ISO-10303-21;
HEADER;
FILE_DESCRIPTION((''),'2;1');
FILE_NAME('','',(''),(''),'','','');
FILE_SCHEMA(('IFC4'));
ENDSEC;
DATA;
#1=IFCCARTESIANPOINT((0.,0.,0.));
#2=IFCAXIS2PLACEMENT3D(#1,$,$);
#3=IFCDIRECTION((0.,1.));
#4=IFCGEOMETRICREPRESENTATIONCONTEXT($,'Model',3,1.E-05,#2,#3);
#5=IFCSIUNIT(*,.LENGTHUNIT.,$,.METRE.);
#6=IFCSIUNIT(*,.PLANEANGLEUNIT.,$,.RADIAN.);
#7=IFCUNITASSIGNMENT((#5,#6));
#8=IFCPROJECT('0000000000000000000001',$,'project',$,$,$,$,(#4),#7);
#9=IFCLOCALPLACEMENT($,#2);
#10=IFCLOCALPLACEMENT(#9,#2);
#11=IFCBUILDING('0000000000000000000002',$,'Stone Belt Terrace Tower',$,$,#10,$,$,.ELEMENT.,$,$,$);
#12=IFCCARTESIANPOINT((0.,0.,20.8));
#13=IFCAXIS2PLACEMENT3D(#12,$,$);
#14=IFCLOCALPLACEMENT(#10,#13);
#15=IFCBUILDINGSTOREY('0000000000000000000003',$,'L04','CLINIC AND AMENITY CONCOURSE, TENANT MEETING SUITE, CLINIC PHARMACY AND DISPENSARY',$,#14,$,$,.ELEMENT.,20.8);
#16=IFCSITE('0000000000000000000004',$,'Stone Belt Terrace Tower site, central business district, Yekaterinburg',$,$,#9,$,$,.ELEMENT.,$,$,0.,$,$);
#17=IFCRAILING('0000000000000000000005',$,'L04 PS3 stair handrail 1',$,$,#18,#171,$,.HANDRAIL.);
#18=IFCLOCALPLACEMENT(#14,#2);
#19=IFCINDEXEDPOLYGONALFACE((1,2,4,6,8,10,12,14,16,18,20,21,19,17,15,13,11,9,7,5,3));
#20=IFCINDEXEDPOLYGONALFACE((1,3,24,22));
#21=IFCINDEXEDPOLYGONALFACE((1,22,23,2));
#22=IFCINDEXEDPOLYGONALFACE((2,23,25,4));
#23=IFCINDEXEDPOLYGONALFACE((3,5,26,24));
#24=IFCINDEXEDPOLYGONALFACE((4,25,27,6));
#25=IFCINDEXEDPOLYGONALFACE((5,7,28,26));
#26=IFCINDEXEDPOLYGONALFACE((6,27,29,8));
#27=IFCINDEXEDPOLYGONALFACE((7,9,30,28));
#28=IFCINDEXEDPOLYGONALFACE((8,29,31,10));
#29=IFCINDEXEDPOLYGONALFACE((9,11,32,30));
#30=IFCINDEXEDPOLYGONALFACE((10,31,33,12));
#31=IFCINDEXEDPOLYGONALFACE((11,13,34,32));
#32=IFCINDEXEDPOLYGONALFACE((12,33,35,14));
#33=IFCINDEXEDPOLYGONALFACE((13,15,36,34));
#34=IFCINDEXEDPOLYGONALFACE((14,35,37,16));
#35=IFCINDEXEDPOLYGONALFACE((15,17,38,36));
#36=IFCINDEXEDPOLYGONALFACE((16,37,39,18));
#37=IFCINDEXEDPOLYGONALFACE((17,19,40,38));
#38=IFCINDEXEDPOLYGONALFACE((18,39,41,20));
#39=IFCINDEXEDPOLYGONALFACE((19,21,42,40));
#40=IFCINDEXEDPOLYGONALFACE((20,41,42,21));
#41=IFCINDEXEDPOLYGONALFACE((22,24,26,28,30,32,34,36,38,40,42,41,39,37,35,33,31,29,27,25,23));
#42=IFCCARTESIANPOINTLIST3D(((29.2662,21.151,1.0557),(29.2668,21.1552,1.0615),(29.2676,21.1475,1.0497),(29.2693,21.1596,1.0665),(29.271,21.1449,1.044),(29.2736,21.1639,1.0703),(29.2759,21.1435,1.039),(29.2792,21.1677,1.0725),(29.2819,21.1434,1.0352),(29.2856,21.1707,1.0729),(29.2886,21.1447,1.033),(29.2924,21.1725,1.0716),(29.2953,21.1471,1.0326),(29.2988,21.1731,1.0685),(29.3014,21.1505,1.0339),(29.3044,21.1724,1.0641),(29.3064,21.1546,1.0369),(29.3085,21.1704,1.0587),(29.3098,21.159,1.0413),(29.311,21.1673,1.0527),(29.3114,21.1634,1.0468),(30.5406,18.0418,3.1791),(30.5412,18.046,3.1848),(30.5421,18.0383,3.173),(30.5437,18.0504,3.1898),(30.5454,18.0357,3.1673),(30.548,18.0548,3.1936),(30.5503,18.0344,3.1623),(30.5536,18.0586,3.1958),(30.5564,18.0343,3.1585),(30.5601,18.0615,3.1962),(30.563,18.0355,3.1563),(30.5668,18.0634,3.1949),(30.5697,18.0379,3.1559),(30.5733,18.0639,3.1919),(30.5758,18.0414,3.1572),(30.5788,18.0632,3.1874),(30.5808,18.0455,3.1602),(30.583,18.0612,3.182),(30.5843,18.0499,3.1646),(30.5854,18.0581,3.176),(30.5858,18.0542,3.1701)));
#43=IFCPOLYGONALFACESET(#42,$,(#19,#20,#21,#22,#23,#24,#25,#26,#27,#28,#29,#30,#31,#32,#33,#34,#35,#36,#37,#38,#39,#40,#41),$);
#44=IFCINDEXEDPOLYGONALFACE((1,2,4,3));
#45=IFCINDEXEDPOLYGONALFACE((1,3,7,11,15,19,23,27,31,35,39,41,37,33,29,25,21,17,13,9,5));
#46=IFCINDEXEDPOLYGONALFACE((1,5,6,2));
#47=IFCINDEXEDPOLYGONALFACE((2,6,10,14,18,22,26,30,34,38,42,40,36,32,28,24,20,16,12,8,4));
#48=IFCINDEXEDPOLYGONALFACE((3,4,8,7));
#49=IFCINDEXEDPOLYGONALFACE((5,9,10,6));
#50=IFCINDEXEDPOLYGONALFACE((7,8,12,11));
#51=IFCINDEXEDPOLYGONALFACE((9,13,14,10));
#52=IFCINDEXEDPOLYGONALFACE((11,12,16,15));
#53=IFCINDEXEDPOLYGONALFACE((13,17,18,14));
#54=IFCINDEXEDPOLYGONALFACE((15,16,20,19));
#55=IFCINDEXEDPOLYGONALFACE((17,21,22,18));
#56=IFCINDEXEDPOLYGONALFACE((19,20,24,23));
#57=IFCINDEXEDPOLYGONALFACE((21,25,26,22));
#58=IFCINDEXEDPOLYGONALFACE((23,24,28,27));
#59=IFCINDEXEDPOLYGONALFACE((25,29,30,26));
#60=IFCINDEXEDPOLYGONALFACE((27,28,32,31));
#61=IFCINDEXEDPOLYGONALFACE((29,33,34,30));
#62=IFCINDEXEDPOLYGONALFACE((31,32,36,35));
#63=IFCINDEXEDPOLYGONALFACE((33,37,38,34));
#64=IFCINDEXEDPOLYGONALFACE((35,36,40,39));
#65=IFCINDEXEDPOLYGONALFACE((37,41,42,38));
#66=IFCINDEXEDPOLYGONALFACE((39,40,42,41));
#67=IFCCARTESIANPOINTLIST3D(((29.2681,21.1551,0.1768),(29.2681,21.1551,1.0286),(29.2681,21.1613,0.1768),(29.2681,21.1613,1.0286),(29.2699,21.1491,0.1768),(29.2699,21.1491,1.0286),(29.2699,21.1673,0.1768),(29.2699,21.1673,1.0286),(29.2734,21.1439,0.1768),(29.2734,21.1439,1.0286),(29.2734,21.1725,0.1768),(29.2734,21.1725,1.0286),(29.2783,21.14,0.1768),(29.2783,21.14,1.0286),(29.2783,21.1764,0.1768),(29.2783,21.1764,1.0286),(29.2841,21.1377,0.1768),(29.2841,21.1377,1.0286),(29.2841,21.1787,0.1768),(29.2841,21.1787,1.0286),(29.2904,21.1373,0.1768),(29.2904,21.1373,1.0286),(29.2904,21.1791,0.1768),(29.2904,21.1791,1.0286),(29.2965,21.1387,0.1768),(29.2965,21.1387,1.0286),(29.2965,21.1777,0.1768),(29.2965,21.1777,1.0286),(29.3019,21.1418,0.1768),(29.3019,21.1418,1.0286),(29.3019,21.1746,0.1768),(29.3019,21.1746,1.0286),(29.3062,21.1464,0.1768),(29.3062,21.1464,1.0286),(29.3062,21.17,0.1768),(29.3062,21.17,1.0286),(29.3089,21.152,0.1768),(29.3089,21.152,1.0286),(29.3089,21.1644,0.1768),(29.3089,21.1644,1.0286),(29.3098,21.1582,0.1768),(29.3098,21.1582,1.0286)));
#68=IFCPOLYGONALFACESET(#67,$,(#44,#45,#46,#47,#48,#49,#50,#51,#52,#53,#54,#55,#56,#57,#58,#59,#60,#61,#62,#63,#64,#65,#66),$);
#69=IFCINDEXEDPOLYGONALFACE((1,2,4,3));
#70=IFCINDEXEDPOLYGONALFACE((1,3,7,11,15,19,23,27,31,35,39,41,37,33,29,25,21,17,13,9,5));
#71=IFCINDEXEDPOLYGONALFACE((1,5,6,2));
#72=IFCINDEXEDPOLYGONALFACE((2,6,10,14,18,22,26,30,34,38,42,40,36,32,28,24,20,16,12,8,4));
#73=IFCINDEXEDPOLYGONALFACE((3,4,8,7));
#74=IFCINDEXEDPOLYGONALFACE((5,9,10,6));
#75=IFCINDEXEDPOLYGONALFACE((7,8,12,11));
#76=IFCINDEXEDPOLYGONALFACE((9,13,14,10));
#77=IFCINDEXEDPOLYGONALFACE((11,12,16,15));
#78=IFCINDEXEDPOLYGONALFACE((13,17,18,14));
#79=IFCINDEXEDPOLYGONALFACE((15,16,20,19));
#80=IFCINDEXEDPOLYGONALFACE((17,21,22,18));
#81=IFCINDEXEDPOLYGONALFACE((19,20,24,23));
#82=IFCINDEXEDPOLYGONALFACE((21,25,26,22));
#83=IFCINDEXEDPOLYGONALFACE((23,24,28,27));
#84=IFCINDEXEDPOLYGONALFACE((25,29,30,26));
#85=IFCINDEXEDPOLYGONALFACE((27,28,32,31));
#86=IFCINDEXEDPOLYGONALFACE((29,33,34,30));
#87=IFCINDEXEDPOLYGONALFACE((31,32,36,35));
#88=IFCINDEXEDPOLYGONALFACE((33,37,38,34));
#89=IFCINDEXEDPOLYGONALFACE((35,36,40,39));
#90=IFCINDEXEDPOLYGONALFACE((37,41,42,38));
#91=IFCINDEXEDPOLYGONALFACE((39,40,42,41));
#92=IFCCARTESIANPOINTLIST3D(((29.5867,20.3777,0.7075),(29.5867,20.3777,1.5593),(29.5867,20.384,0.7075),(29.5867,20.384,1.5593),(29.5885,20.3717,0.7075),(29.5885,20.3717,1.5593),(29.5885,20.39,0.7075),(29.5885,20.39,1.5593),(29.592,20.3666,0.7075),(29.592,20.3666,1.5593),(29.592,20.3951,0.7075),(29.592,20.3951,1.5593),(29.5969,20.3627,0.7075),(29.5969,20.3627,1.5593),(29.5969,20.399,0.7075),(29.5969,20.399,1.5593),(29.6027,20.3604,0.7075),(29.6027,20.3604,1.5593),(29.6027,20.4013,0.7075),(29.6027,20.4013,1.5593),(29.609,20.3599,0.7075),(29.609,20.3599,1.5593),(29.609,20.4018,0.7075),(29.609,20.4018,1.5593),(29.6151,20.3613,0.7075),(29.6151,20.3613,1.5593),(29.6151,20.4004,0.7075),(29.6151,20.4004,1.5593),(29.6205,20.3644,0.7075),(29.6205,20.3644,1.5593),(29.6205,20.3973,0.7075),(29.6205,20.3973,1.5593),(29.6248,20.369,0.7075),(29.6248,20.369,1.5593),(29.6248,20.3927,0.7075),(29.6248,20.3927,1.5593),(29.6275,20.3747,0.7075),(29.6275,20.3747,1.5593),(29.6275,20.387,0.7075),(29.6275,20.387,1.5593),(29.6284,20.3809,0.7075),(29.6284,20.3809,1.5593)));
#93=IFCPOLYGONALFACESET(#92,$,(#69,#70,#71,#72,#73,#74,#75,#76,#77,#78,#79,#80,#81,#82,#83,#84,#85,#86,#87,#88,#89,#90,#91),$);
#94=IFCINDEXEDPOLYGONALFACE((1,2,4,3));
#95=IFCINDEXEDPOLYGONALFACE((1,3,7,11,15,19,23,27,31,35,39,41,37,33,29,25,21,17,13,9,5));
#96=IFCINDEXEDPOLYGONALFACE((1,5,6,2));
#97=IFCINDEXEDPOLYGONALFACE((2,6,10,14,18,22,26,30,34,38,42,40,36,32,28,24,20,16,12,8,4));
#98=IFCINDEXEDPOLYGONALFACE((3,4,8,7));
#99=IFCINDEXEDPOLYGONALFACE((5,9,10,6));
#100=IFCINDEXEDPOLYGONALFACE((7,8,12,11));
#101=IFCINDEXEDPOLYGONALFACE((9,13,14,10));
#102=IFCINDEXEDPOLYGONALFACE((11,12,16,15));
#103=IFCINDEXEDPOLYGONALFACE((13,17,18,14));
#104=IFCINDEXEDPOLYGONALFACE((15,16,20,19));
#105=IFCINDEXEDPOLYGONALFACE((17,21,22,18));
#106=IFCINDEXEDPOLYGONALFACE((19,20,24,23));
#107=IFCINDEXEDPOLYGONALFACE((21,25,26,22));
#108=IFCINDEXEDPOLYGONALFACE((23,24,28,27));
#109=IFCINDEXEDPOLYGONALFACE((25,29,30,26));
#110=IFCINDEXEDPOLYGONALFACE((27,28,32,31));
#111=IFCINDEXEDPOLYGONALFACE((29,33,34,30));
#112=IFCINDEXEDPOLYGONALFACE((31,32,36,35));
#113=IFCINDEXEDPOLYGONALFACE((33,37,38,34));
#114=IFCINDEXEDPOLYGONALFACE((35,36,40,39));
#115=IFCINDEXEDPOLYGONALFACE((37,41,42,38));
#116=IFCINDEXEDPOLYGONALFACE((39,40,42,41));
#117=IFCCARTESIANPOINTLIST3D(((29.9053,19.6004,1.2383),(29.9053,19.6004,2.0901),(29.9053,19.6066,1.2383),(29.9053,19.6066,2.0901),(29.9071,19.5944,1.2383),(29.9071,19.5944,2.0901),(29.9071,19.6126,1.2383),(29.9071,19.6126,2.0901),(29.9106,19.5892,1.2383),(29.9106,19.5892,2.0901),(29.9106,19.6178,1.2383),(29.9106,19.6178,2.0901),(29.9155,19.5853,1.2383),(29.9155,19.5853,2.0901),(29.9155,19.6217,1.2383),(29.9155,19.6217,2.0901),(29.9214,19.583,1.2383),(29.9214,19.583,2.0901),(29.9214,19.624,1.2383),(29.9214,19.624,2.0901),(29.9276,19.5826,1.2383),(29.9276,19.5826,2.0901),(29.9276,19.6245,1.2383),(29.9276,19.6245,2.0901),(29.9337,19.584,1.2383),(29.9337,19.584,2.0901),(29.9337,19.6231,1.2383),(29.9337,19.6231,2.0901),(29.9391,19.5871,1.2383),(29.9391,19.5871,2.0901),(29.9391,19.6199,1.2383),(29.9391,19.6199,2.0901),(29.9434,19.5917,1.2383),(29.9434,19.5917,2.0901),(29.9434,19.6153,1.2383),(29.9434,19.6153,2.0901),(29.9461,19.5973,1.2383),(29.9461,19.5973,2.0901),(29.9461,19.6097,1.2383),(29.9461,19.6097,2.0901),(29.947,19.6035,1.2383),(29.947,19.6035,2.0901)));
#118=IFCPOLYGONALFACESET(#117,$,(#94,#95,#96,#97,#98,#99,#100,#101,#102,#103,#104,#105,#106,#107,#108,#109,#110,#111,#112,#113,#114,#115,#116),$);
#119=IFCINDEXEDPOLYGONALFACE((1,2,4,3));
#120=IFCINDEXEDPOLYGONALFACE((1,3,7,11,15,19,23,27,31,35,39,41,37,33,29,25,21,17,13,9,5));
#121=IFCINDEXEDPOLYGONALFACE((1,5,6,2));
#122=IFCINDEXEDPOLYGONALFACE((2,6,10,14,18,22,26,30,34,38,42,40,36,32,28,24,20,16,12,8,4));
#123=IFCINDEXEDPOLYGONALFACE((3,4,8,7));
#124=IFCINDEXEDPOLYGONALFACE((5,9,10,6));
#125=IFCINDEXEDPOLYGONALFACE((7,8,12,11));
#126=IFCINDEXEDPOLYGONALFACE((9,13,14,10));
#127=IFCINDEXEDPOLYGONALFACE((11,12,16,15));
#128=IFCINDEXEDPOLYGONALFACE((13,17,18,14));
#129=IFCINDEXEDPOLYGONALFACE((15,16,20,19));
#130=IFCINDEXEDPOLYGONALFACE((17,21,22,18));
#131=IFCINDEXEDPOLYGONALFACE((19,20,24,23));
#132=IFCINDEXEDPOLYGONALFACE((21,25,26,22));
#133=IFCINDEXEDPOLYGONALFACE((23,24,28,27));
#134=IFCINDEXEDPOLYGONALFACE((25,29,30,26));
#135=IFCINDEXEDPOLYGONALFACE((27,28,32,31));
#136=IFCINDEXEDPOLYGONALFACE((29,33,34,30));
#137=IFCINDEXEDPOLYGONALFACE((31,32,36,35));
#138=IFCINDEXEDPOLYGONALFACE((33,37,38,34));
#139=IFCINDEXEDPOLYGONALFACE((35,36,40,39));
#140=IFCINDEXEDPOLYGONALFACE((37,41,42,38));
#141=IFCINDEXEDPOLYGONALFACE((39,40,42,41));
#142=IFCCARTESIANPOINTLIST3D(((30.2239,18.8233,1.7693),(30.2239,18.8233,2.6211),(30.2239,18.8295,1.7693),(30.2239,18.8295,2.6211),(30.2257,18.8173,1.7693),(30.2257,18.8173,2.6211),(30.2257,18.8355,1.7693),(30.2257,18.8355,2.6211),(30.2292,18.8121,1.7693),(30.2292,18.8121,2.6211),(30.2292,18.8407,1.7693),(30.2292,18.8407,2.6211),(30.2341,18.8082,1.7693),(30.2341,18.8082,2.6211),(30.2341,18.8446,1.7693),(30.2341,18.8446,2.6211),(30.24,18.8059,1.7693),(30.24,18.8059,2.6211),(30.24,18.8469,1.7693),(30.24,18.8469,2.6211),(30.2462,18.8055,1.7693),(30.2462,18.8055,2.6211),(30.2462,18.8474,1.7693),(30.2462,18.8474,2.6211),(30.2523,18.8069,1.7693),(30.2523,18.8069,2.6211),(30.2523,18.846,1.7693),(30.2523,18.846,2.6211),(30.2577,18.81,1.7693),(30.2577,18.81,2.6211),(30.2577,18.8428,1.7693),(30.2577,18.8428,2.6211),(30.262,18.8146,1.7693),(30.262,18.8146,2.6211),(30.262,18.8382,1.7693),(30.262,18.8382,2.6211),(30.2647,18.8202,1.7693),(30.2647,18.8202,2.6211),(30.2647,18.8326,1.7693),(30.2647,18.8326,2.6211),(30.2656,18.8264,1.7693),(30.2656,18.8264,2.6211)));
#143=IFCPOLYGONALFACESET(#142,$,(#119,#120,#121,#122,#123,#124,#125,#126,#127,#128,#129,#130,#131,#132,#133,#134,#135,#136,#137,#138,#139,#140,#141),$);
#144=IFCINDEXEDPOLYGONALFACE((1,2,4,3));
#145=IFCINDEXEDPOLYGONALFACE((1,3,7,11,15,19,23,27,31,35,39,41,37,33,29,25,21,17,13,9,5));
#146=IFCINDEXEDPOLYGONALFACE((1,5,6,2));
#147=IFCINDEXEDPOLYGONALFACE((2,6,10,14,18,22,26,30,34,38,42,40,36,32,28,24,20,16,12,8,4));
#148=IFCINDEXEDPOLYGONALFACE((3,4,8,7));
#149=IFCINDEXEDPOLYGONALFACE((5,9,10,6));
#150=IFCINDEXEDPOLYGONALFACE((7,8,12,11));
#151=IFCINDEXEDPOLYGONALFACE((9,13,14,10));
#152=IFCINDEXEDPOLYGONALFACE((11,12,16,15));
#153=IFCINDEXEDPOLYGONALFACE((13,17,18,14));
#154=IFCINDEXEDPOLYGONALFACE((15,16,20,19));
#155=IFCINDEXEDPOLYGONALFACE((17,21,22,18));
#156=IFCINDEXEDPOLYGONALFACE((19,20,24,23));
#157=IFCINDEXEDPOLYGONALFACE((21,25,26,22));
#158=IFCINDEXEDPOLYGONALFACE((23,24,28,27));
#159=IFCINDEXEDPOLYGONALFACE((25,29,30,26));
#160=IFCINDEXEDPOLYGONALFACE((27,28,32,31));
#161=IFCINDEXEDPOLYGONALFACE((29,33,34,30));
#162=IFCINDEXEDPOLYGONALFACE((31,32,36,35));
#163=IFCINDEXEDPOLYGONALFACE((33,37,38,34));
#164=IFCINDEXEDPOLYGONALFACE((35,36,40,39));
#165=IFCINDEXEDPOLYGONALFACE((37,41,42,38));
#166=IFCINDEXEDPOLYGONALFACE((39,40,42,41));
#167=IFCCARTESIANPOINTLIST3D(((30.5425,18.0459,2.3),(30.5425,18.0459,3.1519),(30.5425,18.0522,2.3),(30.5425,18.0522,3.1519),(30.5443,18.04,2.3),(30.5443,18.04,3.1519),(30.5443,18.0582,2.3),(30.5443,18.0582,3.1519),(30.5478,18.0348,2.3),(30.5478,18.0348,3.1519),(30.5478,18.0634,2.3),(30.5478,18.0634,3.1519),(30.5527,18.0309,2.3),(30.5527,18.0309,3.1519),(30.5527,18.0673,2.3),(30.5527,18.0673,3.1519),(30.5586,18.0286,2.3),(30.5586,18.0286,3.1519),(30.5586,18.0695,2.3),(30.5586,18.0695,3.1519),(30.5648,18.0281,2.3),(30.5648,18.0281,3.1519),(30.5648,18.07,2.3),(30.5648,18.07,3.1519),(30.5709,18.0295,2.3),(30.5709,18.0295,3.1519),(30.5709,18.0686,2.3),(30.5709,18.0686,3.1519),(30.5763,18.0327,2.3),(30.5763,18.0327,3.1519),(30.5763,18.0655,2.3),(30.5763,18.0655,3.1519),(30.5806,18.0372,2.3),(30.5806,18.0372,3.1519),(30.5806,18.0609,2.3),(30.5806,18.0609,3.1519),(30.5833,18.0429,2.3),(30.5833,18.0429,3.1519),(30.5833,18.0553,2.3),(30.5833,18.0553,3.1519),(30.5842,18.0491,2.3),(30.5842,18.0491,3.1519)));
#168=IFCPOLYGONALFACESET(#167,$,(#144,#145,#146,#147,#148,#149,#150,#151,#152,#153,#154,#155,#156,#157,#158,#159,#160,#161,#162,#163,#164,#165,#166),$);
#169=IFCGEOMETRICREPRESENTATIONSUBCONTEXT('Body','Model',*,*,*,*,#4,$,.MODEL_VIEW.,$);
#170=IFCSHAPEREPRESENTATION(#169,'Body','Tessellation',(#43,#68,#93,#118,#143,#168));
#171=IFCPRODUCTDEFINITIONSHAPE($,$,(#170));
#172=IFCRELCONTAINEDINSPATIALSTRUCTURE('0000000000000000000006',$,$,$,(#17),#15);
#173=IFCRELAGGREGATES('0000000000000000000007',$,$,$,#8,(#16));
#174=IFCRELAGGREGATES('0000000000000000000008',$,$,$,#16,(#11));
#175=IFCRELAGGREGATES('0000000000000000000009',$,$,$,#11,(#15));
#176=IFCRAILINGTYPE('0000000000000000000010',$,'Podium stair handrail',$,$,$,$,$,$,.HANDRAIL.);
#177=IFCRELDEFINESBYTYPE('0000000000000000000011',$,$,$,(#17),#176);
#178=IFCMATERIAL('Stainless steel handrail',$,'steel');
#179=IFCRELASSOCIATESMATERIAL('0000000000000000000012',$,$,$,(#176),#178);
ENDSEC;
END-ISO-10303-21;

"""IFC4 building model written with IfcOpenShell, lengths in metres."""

from ifc_helpers import new_model, si_unit, direction, frame, origin, origin_2d, place, context, subcontext, project, spatial, circle, extrude, material, type_object, element, save


model = new_model("IFC4")

# Units and contexts
model_context = context("Model", 3, precision=1e-05, world=origin(), true_north=direction((0.0, 1.0)))
body_context = subcontext(model_context, "Body", "Model", "MODEL_VIEW")
ifc_project = project(units=[si_unit("LENGTHUNIT", "METRE"), si_unit("PLANEANGLEUNIT", "RADIAN")], contexts=[model_context])

# Site, building, storey
site_placement = place(None, origin())
site = spatial("IfcSite", under=ifc_project, at=site_placement, Name="Stone Belt Terrace Tower site, central business district, Yekaterinburg", CompositionType="ELEMENT", RefElevation=0.0)
building_placement = place(site_placement, origin())
building = spatial("IfcBuilding", under=site, at=building_placement, Name="Stone Belt Terrace Tower", CompositionType="ELEMENT")
storey_placement = place(building_placement, frame((0.0, 0.0, 20.8)))
storey = spatial("IfcBuildingStorey", under=building, at=storey_placement, Name="L04", Description="CLINIC AND AMENITY CONCOURSE, TENANT MEETING SUITE, CLINIC PHARMACY AND DISPENSARY", CompositionType="ELEMENT", Elevation=20.8)

# Railing
ifc_material_1 = material(Name="Stainless steel handrail", Category="steel")
railing_type_1 = type_object("IfcRailingType", Name="Podium stair handrail", PredefinedType="HANDRAIL", material=ifc_material_1)
railing_1_placement = place(storey_placement, frame((29.2888, 21.1582, 0.1768)))
element("IfcRailing", 1, at=railing_1_placement, inside=storey, type_object=railing_type_1, Name="L04 PS3 stair handrail 1", PredefinedType="HANDRAIL", context=body_context, shape_type="SweptSolid", body=[
    extrude(circle(Radius=0.0239, at=origin_2d()), frame((0.0, 0.0, 0.876), z_axis=(0.320622, -0.782207, 0.534186), x_axis=(0.925286, 0.379269, 0.0)), (0.0, 0.0, 1.0), 3.9749),
    extrude(circle(Radius=0.021, at=origin_2d()), origin(), (0.0, 0.0, 1.0), 0.8518),
    extrude(circle(Radius=0.021, at=origin_2d()), frame((0.3186, -0.7773, 0.5308)), (0.0, 0.0, 1.0), 0.8518),
    extrude(circle(Radius=0.021, at=origin_2d()), frame((0.6372, -1.5547, 1.0615)), (0.0, 0.0, 1.0), 0.8518),
    extrude(circle(Radius=0.021, at=origin_2d()), frame((0.9558, -2.3318, 1.5925)), (0.0, 0.0, 1.0), 0.8518),
    extrude(circle(Radius=0.021, at=origin_2d()), frame((1.2744, -3.1091, 2.1233)), (0.0, 0.0, 1.0), 0.8518),
])

save(model, "model.ifc")
